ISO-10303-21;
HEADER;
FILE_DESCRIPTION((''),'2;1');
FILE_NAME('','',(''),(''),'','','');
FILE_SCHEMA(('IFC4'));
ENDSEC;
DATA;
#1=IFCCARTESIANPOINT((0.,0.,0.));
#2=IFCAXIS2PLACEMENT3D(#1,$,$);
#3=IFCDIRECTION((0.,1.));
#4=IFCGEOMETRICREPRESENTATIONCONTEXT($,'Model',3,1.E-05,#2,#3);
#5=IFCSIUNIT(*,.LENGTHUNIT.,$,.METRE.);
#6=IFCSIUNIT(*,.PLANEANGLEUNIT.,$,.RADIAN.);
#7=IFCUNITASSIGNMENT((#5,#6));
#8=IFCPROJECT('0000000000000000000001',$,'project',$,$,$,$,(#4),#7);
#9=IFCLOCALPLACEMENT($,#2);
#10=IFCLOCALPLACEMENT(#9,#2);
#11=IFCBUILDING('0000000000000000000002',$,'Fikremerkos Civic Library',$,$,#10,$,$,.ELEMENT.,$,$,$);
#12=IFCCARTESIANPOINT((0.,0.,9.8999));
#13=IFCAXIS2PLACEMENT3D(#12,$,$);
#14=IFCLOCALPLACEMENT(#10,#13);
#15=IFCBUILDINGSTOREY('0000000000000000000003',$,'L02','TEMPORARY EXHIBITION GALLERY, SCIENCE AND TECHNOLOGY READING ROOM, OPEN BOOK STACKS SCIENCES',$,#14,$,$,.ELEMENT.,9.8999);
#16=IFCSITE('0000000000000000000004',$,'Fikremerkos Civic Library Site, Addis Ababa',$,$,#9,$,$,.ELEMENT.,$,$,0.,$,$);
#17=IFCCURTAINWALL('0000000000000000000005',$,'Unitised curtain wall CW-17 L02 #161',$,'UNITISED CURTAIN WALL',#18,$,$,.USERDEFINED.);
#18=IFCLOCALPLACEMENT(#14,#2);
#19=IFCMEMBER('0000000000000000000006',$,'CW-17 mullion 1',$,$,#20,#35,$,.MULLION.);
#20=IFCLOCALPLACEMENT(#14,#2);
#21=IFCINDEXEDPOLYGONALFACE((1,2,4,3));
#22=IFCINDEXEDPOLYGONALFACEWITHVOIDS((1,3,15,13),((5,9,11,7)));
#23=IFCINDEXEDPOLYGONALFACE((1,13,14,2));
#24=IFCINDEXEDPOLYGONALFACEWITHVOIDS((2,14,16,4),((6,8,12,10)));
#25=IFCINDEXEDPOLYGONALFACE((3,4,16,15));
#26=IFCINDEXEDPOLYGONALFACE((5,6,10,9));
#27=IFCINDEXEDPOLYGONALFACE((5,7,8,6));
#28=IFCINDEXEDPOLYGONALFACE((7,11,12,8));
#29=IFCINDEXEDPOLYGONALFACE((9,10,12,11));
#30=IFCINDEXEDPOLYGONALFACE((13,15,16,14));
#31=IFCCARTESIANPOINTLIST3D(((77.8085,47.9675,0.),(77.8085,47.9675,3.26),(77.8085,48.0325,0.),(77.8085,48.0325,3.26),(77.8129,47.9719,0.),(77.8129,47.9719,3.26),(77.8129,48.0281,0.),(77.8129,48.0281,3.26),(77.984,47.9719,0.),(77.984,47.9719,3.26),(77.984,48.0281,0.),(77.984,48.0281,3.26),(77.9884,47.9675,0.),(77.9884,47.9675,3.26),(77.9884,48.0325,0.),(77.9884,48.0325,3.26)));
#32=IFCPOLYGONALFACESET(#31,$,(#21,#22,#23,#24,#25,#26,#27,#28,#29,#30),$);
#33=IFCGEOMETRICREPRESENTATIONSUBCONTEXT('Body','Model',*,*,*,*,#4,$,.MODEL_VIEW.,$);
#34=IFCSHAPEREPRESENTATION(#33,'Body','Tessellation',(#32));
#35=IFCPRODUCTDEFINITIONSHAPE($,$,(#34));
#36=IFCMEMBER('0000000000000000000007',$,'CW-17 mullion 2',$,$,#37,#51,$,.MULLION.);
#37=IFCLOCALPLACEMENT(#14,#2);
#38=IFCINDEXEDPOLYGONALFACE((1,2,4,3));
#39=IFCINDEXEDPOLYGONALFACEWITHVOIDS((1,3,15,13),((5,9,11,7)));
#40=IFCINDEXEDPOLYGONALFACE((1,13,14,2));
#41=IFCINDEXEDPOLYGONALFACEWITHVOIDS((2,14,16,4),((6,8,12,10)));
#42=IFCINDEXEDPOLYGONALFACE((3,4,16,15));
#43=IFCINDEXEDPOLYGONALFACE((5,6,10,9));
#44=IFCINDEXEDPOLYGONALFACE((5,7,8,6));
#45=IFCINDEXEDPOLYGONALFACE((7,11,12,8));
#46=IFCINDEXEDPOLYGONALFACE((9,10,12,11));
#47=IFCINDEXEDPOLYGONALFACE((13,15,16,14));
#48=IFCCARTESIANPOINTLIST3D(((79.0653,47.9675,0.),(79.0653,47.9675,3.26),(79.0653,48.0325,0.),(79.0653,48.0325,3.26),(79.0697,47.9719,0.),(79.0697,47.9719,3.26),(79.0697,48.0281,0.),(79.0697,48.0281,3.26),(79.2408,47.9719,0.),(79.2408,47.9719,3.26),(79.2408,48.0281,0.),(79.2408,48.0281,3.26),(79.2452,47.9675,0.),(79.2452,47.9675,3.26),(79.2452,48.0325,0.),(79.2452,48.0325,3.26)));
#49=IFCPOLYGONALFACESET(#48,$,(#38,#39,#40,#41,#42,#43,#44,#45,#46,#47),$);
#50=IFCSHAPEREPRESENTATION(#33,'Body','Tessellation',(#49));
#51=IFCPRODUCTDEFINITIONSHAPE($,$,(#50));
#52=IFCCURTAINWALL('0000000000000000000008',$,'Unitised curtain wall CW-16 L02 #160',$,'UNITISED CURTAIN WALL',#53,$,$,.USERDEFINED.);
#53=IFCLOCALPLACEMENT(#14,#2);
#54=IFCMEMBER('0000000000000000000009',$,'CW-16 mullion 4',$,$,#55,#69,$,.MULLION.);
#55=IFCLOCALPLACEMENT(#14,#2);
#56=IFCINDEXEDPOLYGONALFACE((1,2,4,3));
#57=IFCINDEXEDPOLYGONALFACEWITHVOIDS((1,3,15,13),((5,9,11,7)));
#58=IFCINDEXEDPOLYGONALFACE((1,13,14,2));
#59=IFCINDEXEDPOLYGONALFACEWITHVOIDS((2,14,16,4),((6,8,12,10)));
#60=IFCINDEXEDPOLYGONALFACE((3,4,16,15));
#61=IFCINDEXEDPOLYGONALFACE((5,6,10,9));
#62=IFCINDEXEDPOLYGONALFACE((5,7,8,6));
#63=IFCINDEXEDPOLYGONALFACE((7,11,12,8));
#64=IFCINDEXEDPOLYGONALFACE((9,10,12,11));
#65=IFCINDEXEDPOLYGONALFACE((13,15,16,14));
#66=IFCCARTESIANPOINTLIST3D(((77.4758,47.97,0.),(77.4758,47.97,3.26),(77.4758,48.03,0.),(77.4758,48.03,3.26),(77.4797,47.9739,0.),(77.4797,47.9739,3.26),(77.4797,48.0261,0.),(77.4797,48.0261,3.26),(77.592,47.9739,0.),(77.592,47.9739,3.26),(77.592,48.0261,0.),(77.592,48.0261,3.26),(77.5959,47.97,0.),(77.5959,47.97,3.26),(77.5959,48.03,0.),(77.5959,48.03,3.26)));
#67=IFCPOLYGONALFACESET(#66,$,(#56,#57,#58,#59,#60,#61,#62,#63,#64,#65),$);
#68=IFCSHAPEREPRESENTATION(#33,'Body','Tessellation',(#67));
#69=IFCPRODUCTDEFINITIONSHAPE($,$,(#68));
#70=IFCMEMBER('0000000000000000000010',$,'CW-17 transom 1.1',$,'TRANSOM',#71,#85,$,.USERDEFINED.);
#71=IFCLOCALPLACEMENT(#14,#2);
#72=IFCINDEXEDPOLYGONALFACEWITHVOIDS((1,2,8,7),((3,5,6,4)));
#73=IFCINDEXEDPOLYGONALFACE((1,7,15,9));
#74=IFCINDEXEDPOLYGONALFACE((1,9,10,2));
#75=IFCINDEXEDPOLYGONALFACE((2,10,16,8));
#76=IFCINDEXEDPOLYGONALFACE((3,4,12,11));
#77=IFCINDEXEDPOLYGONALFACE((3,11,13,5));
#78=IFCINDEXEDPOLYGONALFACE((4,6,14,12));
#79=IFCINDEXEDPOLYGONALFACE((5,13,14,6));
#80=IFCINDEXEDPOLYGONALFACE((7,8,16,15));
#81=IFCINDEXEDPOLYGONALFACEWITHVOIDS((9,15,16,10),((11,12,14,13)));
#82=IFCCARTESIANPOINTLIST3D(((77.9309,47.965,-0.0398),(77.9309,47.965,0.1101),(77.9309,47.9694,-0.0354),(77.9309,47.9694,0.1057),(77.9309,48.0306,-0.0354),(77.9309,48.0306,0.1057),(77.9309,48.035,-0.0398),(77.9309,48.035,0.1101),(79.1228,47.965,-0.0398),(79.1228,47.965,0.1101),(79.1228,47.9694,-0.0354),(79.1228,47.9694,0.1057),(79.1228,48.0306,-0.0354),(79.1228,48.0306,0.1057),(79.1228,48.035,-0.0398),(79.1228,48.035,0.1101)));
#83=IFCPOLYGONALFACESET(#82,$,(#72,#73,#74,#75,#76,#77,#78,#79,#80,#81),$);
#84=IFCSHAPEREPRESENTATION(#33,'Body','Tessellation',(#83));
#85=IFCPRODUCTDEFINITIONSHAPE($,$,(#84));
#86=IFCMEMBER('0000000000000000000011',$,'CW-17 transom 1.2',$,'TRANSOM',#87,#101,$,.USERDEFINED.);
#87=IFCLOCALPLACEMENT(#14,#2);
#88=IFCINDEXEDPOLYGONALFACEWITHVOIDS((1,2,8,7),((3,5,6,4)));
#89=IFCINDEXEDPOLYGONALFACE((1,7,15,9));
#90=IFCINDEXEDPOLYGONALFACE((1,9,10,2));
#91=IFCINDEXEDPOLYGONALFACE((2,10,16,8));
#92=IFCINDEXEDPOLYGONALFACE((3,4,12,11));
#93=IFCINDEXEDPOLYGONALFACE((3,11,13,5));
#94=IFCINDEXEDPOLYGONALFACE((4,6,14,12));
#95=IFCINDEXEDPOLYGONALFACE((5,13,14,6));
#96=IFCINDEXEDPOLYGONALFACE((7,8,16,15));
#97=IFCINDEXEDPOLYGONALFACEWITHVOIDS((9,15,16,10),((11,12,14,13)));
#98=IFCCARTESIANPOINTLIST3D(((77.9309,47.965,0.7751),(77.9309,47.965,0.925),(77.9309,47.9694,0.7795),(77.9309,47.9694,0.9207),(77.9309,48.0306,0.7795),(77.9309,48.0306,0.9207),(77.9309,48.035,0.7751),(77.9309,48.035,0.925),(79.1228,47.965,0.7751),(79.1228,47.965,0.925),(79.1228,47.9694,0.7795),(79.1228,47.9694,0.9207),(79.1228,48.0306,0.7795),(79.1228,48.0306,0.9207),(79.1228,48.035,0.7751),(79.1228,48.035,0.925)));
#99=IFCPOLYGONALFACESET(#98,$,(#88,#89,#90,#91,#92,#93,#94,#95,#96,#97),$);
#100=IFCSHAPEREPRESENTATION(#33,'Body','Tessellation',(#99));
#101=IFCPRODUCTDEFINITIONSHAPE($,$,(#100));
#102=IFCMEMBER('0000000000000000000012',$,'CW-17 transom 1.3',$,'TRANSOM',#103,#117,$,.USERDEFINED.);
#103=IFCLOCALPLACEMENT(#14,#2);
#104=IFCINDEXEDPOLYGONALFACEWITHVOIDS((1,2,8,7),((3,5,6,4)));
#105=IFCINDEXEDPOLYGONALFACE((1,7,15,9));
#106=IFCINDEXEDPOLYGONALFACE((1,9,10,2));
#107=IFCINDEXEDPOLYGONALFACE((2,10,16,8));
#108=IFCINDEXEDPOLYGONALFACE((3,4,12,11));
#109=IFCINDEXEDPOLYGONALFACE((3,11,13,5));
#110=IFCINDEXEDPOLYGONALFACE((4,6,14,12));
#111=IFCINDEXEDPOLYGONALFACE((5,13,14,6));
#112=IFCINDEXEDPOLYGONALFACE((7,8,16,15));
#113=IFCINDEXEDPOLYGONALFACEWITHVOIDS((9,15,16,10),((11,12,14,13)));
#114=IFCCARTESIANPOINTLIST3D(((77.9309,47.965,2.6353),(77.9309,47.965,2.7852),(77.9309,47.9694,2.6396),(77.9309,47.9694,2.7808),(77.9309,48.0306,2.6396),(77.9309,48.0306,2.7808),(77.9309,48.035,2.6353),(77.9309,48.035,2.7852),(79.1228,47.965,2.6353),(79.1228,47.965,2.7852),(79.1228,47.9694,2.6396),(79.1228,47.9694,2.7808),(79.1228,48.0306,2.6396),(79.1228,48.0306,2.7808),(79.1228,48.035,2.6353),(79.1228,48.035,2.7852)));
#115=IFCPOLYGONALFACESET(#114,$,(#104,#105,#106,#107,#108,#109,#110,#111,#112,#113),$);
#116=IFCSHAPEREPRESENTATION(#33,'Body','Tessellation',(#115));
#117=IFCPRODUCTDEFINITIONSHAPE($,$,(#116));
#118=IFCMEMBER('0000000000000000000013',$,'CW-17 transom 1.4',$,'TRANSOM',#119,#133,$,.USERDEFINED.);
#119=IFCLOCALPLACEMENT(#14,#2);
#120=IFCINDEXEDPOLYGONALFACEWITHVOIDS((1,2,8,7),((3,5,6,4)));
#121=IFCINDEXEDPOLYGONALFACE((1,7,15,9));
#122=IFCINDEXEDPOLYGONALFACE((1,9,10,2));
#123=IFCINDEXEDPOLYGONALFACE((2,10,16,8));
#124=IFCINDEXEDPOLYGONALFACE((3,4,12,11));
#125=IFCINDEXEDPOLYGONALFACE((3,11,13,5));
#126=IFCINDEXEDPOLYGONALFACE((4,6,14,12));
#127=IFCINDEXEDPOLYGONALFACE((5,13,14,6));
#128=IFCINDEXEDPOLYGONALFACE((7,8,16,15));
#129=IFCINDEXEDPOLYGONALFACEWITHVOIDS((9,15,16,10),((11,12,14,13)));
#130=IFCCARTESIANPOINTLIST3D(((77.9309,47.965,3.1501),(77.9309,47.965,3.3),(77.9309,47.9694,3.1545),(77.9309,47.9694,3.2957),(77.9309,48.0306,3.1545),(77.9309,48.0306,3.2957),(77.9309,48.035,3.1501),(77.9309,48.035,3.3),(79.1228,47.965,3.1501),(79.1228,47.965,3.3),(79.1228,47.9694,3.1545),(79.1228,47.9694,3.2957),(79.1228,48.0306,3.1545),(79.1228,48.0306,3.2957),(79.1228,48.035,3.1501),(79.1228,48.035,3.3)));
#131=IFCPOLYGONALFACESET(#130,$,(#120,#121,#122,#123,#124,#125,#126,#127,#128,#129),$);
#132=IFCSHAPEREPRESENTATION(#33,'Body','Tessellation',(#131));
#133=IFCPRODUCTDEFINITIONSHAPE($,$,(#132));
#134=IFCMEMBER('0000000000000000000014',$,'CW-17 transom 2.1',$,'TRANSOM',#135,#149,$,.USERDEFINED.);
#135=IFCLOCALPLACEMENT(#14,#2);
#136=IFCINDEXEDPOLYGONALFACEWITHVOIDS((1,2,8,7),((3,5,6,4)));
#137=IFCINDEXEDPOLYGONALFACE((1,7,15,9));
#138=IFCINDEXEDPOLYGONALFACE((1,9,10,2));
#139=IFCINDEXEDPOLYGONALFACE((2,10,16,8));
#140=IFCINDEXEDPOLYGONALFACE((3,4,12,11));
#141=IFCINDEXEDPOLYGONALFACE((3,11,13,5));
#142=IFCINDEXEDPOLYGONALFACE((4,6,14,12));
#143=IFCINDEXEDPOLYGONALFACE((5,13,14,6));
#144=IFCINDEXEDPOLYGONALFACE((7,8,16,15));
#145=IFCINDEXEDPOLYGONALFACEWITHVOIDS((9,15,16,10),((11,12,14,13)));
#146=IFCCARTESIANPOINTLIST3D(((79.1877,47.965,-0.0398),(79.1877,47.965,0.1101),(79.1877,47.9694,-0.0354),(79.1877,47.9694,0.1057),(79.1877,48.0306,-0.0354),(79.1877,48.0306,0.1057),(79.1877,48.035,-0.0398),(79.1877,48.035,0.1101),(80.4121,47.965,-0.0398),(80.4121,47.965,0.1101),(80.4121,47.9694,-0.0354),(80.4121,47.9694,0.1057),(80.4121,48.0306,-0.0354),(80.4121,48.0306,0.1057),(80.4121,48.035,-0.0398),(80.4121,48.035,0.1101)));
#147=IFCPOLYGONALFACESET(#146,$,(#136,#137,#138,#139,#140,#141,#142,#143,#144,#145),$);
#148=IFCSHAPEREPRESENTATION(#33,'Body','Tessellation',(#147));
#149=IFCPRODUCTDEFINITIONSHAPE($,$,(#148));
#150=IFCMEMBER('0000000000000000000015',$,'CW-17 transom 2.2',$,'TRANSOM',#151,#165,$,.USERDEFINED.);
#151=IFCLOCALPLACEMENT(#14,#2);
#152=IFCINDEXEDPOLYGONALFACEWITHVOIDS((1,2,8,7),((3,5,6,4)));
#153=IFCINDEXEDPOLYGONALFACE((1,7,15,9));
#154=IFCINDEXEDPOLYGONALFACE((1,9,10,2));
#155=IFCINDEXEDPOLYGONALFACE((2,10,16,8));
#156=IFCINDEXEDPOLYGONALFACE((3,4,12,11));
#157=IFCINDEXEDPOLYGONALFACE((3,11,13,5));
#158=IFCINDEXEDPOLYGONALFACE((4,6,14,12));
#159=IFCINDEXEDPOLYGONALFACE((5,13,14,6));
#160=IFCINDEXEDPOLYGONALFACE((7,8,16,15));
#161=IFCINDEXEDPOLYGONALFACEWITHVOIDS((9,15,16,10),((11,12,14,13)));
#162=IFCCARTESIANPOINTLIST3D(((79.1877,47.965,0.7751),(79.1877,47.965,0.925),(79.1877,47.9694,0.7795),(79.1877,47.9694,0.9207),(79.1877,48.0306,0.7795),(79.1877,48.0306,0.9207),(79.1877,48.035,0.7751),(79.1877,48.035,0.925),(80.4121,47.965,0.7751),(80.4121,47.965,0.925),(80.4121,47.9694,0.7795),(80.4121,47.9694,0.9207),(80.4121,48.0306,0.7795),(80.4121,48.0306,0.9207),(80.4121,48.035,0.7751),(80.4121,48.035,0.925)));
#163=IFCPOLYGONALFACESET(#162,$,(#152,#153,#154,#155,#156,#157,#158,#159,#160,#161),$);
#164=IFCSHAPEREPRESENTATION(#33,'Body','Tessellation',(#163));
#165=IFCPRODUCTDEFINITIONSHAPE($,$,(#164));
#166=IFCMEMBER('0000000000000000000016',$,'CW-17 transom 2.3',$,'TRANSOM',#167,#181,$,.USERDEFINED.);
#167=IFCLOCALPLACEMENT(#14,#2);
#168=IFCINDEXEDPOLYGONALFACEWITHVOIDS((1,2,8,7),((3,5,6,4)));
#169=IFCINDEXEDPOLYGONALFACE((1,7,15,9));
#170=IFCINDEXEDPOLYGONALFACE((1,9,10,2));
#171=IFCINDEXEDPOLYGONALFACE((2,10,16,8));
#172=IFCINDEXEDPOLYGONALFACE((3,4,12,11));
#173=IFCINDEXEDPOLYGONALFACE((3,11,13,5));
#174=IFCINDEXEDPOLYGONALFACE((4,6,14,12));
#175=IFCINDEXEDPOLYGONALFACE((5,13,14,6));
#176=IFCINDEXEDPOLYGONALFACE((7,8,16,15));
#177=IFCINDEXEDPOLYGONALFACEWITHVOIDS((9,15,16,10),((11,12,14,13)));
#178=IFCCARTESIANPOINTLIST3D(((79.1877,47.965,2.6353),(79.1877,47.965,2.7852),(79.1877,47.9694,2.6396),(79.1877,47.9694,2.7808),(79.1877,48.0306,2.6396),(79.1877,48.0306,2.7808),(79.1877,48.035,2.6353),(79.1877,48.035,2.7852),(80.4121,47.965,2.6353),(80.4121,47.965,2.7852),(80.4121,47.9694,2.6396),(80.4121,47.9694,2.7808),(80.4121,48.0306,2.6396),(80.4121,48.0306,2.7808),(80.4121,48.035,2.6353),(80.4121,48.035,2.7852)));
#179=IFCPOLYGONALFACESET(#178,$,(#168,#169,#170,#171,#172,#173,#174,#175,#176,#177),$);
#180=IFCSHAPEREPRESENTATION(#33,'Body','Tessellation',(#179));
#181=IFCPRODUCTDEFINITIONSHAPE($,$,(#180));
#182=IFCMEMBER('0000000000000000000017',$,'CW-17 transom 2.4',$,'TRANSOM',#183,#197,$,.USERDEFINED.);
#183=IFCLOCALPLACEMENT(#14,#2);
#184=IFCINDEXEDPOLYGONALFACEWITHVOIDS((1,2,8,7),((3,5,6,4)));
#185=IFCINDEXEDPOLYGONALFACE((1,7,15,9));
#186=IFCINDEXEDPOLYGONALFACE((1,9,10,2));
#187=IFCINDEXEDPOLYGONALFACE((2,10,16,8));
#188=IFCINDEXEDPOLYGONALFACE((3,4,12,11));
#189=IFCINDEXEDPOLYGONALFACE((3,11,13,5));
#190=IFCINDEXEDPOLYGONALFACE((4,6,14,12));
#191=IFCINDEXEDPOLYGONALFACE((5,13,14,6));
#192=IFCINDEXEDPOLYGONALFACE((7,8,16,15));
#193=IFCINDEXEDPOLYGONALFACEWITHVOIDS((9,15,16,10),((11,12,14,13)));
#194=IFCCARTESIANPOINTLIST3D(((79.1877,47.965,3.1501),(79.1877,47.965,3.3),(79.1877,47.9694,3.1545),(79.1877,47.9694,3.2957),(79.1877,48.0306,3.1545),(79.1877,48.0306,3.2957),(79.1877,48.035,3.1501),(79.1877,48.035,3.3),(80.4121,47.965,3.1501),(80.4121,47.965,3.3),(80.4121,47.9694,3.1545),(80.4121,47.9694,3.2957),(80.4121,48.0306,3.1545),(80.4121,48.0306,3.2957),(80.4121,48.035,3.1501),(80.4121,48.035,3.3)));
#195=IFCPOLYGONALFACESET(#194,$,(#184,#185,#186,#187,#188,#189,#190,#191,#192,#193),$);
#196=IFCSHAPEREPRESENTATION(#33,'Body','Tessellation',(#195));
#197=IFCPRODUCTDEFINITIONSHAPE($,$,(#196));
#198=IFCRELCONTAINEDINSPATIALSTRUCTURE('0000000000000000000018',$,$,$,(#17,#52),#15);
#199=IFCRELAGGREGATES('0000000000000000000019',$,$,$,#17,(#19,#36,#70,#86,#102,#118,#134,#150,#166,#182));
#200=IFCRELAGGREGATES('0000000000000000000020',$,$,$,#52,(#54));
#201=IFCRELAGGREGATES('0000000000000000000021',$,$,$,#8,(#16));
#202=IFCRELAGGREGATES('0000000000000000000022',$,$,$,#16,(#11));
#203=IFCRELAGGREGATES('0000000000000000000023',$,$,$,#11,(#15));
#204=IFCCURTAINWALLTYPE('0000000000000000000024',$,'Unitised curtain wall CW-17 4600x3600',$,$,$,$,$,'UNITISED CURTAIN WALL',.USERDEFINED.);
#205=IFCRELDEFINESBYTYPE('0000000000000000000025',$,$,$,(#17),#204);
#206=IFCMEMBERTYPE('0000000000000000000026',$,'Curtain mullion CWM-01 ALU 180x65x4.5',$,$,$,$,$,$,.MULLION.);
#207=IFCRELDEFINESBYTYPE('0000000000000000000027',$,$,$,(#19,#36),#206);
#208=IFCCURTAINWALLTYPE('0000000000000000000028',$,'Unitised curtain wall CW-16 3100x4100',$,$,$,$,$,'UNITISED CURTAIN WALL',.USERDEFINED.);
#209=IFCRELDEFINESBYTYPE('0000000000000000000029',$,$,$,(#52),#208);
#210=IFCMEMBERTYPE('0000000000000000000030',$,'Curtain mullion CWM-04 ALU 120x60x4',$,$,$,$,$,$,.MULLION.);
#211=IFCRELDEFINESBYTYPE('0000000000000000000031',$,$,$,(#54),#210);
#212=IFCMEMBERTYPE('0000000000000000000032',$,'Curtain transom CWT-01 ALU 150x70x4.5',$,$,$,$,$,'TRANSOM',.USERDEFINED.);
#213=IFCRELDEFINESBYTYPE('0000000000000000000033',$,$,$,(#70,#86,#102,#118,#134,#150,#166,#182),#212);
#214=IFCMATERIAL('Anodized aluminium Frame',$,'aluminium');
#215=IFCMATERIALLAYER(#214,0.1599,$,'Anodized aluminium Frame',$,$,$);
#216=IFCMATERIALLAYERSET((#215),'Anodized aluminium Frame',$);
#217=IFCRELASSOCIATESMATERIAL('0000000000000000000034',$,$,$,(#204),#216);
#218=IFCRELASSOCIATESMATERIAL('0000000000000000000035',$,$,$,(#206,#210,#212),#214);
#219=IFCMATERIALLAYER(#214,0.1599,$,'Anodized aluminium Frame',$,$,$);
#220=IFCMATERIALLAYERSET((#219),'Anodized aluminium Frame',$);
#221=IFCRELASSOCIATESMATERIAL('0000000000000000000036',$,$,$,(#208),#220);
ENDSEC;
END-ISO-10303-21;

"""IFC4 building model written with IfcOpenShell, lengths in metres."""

from ifc_helpers import new_model, si_unit, direction, frame, origin, origin_2d, place, context, subcontext, project, spatial, hollow_rectangle, extrude, material, layer, layer_set, material_profile, profile_set, type_object, element, aggregate, save


model = new_model("IFC4")

# Units and contexts
model_context = context("Model", 3, precision=1e-05, world=origin(), true_north=direction((0.0, 1.0)))
body_context = subcontext(model_context, "Body", "Model", "MODEL_VIEW")
ifc_project = project(units=[si_unit("LENGTHUNIT", "METRE"), si_unit("PLANEANGLEUNIT", "RADIAN")], contexts=[model_context])

# Site, building, storey
site_placement = place(None, origin())
site = spatial("IfcSite", under=ifc_project, at=site_placement, Name="Fikremerkos Civic Library Site, Addis Ababa", CompositionType="ELEMENT", RefElevation=0.0)
building_placement = place(site_placement, origin())
building = spatial("IfcBuilding", under=site, at=building_placement, Name="Fikremerkos Civic Library", CompositionType="ELEMENT")
storey_placement = place(building_placement, frame((0.0, 0.0, 9.8999)))
storey = spatial("IfcBuildingStorey", under=building, at=storey_placement, Name="L02", Description="TEMPORARY EXHIBITION GALLERY, SCIENCE AND TECHNOLOGY READING ROOM, OPEN BOOK STACKS SCIENCES", CompositionType="ELEMENT", Elevation=9.8999)

# Curtain wall, members
ifc_material_1 = material(Name="Anodized aluminium Frame", Category="aluminium")
ifc_layer_1 = layer(ifc_material_1, 0.1599, Name="Anodized aluminium Frame")
ifc_layer_set_1 = layer_set([ifc_layer_1], Name="Anodized aluminium Frame")
curtain_wall_type_1 = type_object("IfcCurtainWallType", Name="Unitised curtain wall CW-17 4600x3600", ElementType="UNITISED CURTAIN WALL", PredefinedType="USERDEFINED", material=ifc_layer_set_1)
curtain_wall_1_placement = place(storey_placement, origin())
curtain_wall_1 = element("IfcCurtainWall", 1, at=curtain_wall_1_placement, inside=storey, type_object=curtain_wall_type_1, Name="Unitised curtain wall CW-17 L02 #161", ObjectType="UNITISED CURTAIN WALL", PredefinedType="USERDEFINED")
ifc_material_profile_1 = material_profile(ifc_material_1, hollow_rectangle(XDim=0.0649, YDim=0.1799, WallThickness=0.0044, at=origin_2d()), Name="ALU 180x65x4.5")
ifc_profile_set_1 = profile_set([ifc_material_profile_1], Name="Anodized aluminium Frame")
member_type_1 = type_object("IfcMemberType", Name="Curtain mullion CWM-01 ALU 180x65x4.5", PredefinedType="MULLION", material=ifc_profile_set_1)
member_1_placement = place(storey_placement, frame((77.8984, 48.0, 0.0), z_axis=(0.0, 0.0, 1.0), x_axis=(0.0, 1.0, 0.0)))
member_1 = element("IfcMember", 2, at=member_1_placement, type_object=member_type_1, Name="CW-17 mullion 1", PredefinedType="MULLION", context=body_context, shape_type="SweptSolid", body=[
    extrude(hollow_rectangle(XDim=0.0649, YDim=0.1799, WallThickness=0.0044, at=origin_2d()), origin(), (0.0, 0.0, 1.0), 3.26),
])
member_2_placement = place(storey_placement, frame((79.1553, 48.0, 0.0), z_axis=(0.0, 0.0, 1.0), x_axis=(0.0, 1.0, 0.0)))
member_2 = element("IfcMember", 3, at=member_2_placement, type_object=member_type_1, Name="CW-17 mullion 2", PredefinedType="MULLION", context=body_context, shape_type="SweptSolid", body=[
    extrude(hollow_rectangle(XDim=0.0649, YDim=0.1799, WallThickness=0.0044, at=origin_2d()), origin(), (0.0, 0.0, 1.0), 3.26),
])

# Curtain wall, member
ifc_layer_2 = layer(ifc_material_1, 0.1599, Name="Anodized aluminium Frame")
ifc_layer_set_2 = layer_set([ifc_layer_2], Name="Anodized aluminium Frame")
curtain_wall_type_2 = type_object("IfcCurtainWallType", Name="Unitised curtain wall CW-16 3100x4100", ElementType="UNITISED CURTAIN WALL", PredefinedType="USERDEFINED", material=ifc_layer_set_2)
curtain_wall_2_placement = place(storey_placement, origin())
curtain_wall_2 = element("IfcCurtainWall", 4, at=curtain_wall_2_placement, inside=storey, type_object=curtain_wall_type_2, Name="Unitised curtain wall CW-16 L02 #160", ObjectType="UNITISED CURTAIN WALL", PredefinedType="USERDEFINED")
ifc_material_profile_2 = material_profile(ifc_material_1, hollow_rectangle(XDim=0.0601, YDim=0.1201, WallThickness=0.0039, at=origin_2d()), Name="ALU 120x60x4")
ifc_profile_set_2 = profile_set([ifc_material_profile_2], Name="Anodized aluminium Frame")
member_type_2 = type_object("IfcMemberType", Name="Curtain mullion CWM-04 ALU 120x60x4", PredefinedType="MULLION", material=ifc_profile_set_2)
member_3_placement = place(storey_placement, frame((77.5359, 48.0, 0.0), z_axis=(0.0, 0.0, 1.0), x_axis=(0.0, 1.0, 0.0)))
member_3 = element("IfcMember", 5, at=member_3_placement, type_object=member_type_2, Name="CW-16 mullion 4", PredefinedType="MULLION", context=body_context, shape_type="SweptSolid", body=[
    extrude(hollow_rectangle(XDim=0.0601, YDim=0.1201, WallThickness=0.0039, at=origin_2d()), origin(), (0.0, 0.0, 1.0), 3.26),
])

# Members
ifc_material_profile_3 = material_profile(ifc_material_1, hollow_rectangle(XDim=0.0701, YDim=0.1499, WallThickness=0.0044, at=origin_2d()), Name="ALU 150x70x4.5")
ifc_profile_set_3 = profile_set([ifc_material_profile_3], Name="Anodized aluminium Frame")
member_type_3 = type_object("IfcMemberType", Name="Curtain transom CWT-01 ALU 150x70x4.5", ElementType="TRANSOM", PredefinedType="USERDEFINED", material=ifc_profile_set_3)
member_4_placement = place(storey_placement, frame((77.9309, 48.0, 0.0352), z_axis=(1.0, 0.0, 0.0), x_axis=(0.0, 1.0, 0.0)))
member_4 = element("IfcMember", 6, at=member_4_placement, type_object=member_type_3, Name="CW-17 transom 1.1", ObjectType="TRANSOM", PredefinedType="USERDEFINED", context=body_context, shape_type="SweptSolid", body=[
    extrude(hollow_rectangle(XDim=0.0701, YDim=0.1499, WallThickness=0.0044, at=origin_2d()), origin(), (0.0, 0.0, 1.0), 1.1919),
])
member_5_placement = place(storey_placement, frame((77.9309, 48.0, 0.8501), z_axis=(1.0, 0.0, 0.0), x_axis=(0.0, 1.0, 0.0)))
member_5 = element("IfcMember", 7, at=member_5_placement, type_object=member_type_3, Name="CW-17 transom 1.2", ObjectType="TRANSOM", PredefinedType="USERDEFINED", context=body_context, shape_type="SweptSolid", body=[
    extrude(hollow_rectangle(XDim=0.0701, YDim=0.1499, WallThickness=0.0044, at=origin_2d()), origin(), (0.0, 0.0, 1.0), 1.1919),
])
member_6_placement = place(storey_placement, frame((77.9309, 48.0, 2.7102), z_axis=(1.0, 0.0, 0.0), x_axis=(0.0, 1.0, 0.0)))
member_6 = element("IfcMember", 8, at=member_6_placement, type_object=member_type_3, Name="CW-17 transom 1.3", ObjectType="TRANSOM", PredefinedType="USERDEFINED", context=body_context, shape_type="SweptSolid", body=[
    extrude(hollow_rectangle(XDim=0.0701, YDim=0.1499, WallThickness=0.0044, at=origin_2d()), origin(), (0.0, 0.0, 1.0), 1.1919),
])
member_7_placement = place(storey_placement, frame((77.9309, 48.0, 3.2251), z_axis=(1.0, 0.0, 0.0), x_axis=(0.0, 1.0, 0.0)))
member_7 = element("IfcMember", 9, at=member_7_placement, type_object=member_type_3, Name="CW-17 transom 1.4", ObjectType="TRANSOM", PredefinedType="USERDEFINED", context=body_context, shape_type="SweptSolid", body=[
    extrude(hollow_rectangle(XDim=0.0701, YDim=0.1499, WallThickness=0.0044, at=origin_2d()), origin(), (0.0, 0.0, 1.0), 1.1919),
])
member_8_placement = place(storey_placement, frame((79.1877, 48.0, 0.0352), z_axis=(1.0, 0.0, 0.0), x_axis=(0.0, 1.0, 0.0)))
member_8 = element("IfcMember", 10, at=member_8_placement, type_object=member_type_3, Name="CW-17 transom 2.1", ObjectType="TRANSOM", PredefinedType="USERDEFINED", context=body_context, shape_type="SweptSolid", body=[
    extrude(hollow_rectangle(XDim=0.0701, YDim=0.1499, WallThickness=0.0044, at=origin_2d()), origin(), (0.0, 0.0, 1.0), 1.2244),
])
member_9_placement = place(storey_placement, frame((79.1877, 48.0, 0.8501), z_axis=(1.0, 0.0, 0.0), x_axis=(0.0, 1.0, 0.0)))
member_9 = element("IfcMember", 11, at=member_9_placement, type_object=member_type_3, Name="CW-17 transom 2.2", ObjectType="TRANSOM", PredefinedType="USERDEFINED", context=body_context, shape_type="SweptSolid", body=[
    extrude(hollow_rectangle(XDim=0.0701, YDim=0.1499, WallThickness=0.0044, at=origin_2d()), origin(), (0.0, 0.0, 1.0), 1.2244),
])
member_10_placement = place(storey_placement, frame((79.1877, 48.0, 2.7102), z_axis=(1.0, 0.0, 0.0), x_axis=(0.0, 1.0, 0.0)))
member_10 = element("IfcMember", 12, at=member_10_placement, type_object=member_type_3, Name="CW-17 transom 2.3", ObjectType="TRANSOM", PredefinedType="USERDEFINED", context=body_context, shape_type="SweptSolid", body=[
    extrude(hollow_rectangle(XDim=0.0701, YDim=0.1499, WallThickness=0.0044, at=origin_2d()), origin(), (0.0, 0.0, 1.0), 1.2244),
])
member_11_placement = place(storey_placement, frame((79.1877, 48.0, 3.2251), z_axis=(1.0, 0.0, 0.0), x_axis=(0.0, 1.0, 0.0)))
member_11 = element("IfcMember", 13, at=member_11_placement, type_object=member_type_3, Name="CW-17 transom 2.4", ObjectType="TRANSOM", PredefinedType="USERDEFINED", context=body_context, shape_type="SweptSolid", body=[
    extrude(hollow_rectangle(XDim=0.0701, YDim=0.1499, WallThickness=0.0044, at=origin_2d()), origin(), (0.0, 0.0, 1.0), 1.2244),
])

aggregate(curtain_wall_1, [member_1, member_2, member_4, member_5, member_6, member_7, member_8, member_9, member_10, member_11])
aggregate(curtain_wall_2, [member_3])

save(model, "model.ifc")
